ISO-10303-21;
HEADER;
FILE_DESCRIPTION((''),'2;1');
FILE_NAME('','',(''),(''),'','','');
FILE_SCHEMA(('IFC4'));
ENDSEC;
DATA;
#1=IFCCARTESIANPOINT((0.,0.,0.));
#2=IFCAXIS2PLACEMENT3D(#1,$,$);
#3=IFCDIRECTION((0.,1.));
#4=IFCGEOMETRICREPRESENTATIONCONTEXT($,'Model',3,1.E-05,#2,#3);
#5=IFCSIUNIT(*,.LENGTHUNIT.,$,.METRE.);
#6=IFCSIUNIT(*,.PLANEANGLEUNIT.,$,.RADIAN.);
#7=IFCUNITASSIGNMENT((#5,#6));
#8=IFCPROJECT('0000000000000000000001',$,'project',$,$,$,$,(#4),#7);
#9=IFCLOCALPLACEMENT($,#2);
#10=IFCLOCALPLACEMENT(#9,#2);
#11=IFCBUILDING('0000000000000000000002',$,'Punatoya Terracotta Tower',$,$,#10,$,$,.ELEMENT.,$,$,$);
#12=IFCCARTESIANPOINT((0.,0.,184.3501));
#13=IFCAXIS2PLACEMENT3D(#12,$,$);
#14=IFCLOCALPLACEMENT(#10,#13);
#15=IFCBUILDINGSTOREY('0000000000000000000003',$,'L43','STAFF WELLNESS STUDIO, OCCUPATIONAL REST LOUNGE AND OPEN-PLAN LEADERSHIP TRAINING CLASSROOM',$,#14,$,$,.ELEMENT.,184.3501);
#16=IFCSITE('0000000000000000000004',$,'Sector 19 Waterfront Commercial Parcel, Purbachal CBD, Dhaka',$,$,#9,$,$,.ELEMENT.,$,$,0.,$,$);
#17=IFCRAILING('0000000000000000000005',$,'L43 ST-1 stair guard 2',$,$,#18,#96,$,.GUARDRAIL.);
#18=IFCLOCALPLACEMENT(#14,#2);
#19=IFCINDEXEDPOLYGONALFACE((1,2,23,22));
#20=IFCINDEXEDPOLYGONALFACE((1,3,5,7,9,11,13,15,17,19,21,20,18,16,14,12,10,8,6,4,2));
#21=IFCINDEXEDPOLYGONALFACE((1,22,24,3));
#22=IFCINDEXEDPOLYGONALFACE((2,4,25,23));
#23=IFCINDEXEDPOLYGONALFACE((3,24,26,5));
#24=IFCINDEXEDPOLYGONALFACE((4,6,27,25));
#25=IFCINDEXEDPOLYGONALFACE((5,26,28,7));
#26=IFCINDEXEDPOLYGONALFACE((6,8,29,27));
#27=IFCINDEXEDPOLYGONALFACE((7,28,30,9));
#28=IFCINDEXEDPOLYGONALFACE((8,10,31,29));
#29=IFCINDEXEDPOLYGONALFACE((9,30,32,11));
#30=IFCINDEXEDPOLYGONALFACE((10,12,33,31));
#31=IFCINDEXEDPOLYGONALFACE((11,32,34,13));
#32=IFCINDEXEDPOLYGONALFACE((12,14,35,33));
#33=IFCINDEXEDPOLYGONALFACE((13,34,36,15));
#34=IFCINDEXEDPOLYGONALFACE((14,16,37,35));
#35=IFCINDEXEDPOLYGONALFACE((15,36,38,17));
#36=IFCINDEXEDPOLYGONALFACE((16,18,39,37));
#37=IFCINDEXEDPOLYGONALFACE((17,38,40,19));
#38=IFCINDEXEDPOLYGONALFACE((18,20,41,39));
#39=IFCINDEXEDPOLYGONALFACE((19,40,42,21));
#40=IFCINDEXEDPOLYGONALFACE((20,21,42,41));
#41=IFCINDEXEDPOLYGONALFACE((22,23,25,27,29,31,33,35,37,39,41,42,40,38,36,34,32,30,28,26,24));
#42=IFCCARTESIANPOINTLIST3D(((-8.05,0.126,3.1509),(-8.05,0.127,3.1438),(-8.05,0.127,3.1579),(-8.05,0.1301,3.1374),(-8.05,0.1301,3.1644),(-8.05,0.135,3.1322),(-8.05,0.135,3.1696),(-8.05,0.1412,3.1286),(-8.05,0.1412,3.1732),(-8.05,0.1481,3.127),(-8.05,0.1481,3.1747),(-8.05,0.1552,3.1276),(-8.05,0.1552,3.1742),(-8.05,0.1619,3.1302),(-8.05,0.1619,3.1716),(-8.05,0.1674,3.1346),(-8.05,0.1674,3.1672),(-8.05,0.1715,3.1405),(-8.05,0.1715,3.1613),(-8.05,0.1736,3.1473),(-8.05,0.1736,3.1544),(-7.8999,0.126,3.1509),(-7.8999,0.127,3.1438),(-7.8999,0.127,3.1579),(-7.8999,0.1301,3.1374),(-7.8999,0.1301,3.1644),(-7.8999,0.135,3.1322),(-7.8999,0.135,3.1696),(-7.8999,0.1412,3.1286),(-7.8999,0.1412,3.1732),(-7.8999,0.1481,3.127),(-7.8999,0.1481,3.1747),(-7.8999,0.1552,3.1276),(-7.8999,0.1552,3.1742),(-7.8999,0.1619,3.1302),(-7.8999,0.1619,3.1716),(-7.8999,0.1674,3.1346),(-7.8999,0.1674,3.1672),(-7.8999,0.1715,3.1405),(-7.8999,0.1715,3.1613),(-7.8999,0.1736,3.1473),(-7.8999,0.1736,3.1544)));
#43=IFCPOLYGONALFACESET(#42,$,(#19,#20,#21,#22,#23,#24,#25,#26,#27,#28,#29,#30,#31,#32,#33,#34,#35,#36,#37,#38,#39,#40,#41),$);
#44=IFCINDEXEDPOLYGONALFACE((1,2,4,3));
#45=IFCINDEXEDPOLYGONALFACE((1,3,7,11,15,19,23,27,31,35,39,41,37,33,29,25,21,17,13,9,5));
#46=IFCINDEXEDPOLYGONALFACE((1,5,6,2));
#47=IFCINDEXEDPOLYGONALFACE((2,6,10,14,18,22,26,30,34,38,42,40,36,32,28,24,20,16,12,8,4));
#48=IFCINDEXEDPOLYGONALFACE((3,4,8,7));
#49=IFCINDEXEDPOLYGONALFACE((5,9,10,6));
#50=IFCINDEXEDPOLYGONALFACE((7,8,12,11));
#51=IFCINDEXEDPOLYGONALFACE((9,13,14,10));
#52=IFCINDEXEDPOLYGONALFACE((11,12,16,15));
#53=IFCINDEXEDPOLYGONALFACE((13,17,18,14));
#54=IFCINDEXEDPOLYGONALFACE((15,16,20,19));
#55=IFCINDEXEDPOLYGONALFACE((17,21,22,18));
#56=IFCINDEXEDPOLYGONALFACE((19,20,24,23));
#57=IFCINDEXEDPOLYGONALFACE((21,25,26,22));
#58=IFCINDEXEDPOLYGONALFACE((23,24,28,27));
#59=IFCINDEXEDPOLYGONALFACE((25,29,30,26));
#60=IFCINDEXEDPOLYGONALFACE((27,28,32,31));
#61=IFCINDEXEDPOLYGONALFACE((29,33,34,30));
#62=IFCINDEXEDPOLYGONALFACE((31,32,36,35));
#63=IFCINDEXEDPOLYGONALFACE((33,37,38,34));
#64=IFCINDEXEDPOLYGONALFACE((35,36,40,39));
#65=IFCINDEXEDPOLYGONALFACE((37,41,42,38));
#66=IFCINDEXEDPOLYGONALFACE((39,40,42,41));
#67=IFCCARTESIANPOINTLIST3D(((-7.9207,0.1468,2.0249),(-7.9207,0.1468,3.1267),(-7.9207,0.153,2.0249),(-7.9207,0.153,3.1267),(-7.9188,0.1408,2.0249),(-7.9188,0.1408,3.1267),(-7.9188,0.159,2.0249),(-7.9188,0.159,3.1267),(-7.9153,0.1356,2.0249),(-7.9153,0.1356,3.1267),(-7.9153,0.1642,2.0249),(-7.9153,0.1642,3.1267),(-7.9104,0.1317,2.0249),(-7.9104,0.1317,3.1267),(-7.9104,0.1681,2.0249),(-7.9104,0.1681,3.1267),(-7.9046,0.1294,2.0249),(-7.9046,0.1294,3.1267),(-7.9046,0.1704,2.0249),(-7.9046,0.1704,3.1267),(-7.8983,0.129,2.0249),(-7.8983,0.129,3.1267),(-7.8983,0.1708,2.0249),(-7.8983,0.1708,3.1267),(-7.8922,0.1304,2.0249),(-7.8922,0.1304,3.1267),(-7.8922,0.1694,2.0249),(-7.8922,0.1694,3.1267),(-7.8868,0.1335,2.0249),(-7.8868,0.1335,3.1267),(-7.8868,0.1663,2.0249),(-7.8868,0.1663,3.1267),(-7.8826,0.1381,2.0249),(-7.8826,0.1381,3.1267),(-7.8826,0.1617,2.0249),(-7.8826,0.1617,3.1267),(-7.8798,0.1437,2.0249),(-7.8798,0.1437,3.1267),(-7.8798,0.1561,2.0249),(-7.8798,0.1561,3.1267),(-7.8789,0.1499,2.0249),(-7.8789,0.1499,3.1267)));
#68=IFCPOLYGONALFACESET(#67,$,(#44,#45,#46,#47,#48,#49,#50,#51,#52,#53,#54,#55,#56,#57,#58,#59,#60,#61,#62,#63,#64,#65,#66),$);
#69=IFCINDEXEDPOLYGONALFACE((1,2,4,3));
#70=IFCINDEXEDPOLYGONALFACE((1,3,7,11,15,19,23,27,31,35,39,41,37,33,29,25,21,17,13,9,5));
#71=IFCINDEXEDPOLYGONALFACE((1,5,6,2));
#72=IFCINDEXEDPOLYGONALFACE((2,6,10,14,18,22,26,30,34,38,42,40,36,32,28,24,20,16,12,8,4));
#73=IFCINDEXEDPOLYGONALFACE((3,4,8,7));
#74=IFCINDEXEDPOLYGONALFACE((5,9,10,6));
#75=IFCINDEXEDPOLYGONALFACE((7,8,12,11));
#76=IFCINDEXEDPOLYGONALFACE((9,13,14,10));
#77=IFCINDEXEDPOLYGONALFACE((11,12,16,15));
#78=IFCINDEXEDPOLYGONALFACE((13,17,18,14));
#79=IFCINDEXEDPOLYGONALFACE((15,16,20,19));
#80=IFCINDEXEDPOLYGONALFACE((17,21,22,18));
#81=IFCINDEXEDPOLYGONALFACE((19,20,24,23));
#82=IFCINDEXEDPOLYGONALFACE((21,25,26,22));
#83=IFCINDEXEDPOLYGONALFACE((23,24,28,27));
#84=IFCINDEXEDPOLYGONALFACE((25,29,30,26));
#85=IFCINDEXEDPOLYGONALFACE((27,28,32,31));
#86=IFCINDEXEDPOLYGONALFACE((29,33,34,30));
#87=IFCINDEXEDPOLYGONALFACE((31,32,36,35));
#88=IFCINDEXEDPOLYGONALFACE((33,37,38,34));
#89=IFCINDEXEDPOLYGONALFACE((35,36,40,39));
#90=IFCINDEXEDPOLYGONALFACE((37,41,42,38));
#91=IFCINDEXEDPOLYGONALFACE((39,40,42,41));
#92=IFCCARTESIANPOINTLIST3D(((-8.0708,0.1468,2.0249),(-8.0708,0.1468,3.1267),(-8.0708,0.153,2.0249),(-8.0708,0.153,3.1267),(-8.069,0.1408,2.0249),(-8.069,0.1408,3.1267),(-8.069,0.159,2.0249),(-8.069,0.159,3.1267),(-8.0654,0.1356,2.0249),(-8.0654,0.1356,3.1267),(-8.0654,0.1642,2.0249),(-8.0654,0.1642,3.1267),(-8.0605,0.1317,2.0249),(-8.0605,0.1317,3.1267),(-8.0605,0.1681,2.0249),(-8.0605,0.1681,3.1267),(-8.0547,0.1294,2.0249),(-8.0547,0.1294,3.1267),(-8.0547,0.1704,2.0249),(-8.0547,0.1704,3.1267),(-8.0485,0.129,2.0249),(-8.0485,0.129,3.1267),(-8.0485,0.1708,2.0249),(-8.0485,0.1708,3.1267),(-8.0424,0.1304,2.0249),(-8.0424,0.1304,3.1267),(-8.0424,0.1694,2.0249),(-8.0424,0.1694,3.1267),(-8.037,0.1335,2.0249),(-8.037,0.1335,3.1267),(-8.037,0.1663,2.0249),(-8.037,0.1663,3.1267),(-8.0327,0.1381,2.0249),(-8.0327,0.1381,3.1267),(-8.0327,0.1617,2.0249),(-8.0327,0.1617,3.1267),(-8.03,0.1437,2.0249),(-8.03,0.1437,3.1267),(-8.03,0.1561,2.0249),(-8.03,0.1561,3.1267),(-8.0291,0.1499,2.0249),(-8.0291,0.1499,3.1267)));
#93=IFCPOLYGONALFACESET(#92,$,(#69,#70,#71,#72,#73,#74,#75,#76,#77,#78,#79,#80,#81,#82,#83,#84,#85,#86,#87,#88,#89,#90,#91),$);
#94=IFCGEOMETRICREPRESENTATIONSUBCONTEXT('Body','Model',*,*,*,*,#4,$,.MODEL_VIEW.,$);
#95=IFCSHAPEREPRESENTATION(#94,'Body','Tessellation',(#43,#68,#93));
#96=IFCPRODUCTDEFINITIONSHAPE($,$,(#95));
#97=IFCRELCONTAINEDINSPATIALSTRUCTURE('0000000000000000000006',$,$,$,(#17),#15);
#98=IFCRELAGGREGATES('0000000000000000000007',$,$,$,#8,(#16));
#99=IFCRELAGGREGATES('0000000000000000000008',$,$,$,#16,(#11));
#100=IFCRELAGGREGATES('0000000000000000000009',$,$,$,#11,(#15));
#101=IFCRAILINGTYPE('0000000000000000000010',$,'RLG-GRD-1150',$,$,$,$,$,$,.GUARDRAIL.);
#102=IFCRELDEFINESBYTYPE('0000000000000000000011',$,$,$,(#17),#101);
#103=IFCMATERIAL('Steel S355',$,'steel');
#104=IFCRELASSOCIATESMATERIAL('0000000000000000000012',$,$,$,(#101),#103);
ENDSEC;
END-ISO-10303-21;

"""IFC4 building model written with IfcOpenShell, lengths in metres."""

from ifc_helpers import new_model, si_unit, direction, frame, origin, origin_2d, place, context, subcontext, project, spatial, circle, extrude, material, type_object, element, save


model = new_model("IFC4")

# Units and contexts
model_context = context("Model", 3, precision=1e-05, world=origin(), true_north=direction((0.0, 1.0)))
body_context = subcontext(model_context, "Body", "Model", "MODEL_VIEW")
ifc_project = project(units=[si_unit("LENGTHUNIT", "METRE"), si_unit("PLANEANGLEUNIT", "RADIAN")], contexts=[model_context])

# Site, building, storey
site_placement = place(None, origin())
site = spatial("IfcSite", under=ifc_project, at=site_placement, Name="Sector 19 Waterfront Commercial Parcel, Purbachal CBD, Dhaka", CompositionType="ELEMENT", RefElevation=0.0)
building_placement = place(site_placement, origin())
building = spatial("IfcBuilding", under=site, at=building_placement, Name="Punatoya Terracotta Tower", CompositionType="ELEMENT")
storey_placement = place(building_placement, frame((0.0, 0.0, 184.3501)))
storey = spatial("IfcBuildingStorey", under=building, at=storey_placement, Name="L43", Description="STAFF WELLNESS STUDIO, OCCUPATIONAL REST LOUNGE AND OPEN-PLAN LEADERSHIP TRAINING CLASSROOM", CompositionType="ELEMENT", Elevation=184.3501)

# Shared definitions
ifc_material_1 = material(Name="Steel S355", Category="steel")

# Railing
railing_type_1 = type_object("IfcRailingType", Name="RLG-GRD-1150", PredefinedType="GUARDRAIL", material=ifc_material_1)
railing_1_placement = place(storey_placement, frame((-7.8999, 0.1499, 2.0249)))
element("IfcRailing", 1, at=railing_1_placement, inside=storey, type_object=railing_type_1, Name="L43 ST-1 stair guard 2", PredefinedType="GUARDRAIL", context=body_context, shape_type="SweptSolid", body=[
    extrude(circle(Radius=0.0239, at=origin_2d()), frame((0.0, 0.0, 1.126), z_axis=(-1.0, 0.0, 0.0), x_axis=(0.0, -1.0, 0.0)), (0.0, 0.0, 1.0), 0.1501),
    extrude(circle(Radius=0.021, at=origin_2d()), origin(), (0.0, 0.0, 1.0), 1.1018),
    extrude(circle(Radius=0.021, at=origin_2d()), frame((-0.1501, 0.0, 0.0)), (0.0, 0.0, 1.0), 1.1018),
])

save(model, "model.ifc")
